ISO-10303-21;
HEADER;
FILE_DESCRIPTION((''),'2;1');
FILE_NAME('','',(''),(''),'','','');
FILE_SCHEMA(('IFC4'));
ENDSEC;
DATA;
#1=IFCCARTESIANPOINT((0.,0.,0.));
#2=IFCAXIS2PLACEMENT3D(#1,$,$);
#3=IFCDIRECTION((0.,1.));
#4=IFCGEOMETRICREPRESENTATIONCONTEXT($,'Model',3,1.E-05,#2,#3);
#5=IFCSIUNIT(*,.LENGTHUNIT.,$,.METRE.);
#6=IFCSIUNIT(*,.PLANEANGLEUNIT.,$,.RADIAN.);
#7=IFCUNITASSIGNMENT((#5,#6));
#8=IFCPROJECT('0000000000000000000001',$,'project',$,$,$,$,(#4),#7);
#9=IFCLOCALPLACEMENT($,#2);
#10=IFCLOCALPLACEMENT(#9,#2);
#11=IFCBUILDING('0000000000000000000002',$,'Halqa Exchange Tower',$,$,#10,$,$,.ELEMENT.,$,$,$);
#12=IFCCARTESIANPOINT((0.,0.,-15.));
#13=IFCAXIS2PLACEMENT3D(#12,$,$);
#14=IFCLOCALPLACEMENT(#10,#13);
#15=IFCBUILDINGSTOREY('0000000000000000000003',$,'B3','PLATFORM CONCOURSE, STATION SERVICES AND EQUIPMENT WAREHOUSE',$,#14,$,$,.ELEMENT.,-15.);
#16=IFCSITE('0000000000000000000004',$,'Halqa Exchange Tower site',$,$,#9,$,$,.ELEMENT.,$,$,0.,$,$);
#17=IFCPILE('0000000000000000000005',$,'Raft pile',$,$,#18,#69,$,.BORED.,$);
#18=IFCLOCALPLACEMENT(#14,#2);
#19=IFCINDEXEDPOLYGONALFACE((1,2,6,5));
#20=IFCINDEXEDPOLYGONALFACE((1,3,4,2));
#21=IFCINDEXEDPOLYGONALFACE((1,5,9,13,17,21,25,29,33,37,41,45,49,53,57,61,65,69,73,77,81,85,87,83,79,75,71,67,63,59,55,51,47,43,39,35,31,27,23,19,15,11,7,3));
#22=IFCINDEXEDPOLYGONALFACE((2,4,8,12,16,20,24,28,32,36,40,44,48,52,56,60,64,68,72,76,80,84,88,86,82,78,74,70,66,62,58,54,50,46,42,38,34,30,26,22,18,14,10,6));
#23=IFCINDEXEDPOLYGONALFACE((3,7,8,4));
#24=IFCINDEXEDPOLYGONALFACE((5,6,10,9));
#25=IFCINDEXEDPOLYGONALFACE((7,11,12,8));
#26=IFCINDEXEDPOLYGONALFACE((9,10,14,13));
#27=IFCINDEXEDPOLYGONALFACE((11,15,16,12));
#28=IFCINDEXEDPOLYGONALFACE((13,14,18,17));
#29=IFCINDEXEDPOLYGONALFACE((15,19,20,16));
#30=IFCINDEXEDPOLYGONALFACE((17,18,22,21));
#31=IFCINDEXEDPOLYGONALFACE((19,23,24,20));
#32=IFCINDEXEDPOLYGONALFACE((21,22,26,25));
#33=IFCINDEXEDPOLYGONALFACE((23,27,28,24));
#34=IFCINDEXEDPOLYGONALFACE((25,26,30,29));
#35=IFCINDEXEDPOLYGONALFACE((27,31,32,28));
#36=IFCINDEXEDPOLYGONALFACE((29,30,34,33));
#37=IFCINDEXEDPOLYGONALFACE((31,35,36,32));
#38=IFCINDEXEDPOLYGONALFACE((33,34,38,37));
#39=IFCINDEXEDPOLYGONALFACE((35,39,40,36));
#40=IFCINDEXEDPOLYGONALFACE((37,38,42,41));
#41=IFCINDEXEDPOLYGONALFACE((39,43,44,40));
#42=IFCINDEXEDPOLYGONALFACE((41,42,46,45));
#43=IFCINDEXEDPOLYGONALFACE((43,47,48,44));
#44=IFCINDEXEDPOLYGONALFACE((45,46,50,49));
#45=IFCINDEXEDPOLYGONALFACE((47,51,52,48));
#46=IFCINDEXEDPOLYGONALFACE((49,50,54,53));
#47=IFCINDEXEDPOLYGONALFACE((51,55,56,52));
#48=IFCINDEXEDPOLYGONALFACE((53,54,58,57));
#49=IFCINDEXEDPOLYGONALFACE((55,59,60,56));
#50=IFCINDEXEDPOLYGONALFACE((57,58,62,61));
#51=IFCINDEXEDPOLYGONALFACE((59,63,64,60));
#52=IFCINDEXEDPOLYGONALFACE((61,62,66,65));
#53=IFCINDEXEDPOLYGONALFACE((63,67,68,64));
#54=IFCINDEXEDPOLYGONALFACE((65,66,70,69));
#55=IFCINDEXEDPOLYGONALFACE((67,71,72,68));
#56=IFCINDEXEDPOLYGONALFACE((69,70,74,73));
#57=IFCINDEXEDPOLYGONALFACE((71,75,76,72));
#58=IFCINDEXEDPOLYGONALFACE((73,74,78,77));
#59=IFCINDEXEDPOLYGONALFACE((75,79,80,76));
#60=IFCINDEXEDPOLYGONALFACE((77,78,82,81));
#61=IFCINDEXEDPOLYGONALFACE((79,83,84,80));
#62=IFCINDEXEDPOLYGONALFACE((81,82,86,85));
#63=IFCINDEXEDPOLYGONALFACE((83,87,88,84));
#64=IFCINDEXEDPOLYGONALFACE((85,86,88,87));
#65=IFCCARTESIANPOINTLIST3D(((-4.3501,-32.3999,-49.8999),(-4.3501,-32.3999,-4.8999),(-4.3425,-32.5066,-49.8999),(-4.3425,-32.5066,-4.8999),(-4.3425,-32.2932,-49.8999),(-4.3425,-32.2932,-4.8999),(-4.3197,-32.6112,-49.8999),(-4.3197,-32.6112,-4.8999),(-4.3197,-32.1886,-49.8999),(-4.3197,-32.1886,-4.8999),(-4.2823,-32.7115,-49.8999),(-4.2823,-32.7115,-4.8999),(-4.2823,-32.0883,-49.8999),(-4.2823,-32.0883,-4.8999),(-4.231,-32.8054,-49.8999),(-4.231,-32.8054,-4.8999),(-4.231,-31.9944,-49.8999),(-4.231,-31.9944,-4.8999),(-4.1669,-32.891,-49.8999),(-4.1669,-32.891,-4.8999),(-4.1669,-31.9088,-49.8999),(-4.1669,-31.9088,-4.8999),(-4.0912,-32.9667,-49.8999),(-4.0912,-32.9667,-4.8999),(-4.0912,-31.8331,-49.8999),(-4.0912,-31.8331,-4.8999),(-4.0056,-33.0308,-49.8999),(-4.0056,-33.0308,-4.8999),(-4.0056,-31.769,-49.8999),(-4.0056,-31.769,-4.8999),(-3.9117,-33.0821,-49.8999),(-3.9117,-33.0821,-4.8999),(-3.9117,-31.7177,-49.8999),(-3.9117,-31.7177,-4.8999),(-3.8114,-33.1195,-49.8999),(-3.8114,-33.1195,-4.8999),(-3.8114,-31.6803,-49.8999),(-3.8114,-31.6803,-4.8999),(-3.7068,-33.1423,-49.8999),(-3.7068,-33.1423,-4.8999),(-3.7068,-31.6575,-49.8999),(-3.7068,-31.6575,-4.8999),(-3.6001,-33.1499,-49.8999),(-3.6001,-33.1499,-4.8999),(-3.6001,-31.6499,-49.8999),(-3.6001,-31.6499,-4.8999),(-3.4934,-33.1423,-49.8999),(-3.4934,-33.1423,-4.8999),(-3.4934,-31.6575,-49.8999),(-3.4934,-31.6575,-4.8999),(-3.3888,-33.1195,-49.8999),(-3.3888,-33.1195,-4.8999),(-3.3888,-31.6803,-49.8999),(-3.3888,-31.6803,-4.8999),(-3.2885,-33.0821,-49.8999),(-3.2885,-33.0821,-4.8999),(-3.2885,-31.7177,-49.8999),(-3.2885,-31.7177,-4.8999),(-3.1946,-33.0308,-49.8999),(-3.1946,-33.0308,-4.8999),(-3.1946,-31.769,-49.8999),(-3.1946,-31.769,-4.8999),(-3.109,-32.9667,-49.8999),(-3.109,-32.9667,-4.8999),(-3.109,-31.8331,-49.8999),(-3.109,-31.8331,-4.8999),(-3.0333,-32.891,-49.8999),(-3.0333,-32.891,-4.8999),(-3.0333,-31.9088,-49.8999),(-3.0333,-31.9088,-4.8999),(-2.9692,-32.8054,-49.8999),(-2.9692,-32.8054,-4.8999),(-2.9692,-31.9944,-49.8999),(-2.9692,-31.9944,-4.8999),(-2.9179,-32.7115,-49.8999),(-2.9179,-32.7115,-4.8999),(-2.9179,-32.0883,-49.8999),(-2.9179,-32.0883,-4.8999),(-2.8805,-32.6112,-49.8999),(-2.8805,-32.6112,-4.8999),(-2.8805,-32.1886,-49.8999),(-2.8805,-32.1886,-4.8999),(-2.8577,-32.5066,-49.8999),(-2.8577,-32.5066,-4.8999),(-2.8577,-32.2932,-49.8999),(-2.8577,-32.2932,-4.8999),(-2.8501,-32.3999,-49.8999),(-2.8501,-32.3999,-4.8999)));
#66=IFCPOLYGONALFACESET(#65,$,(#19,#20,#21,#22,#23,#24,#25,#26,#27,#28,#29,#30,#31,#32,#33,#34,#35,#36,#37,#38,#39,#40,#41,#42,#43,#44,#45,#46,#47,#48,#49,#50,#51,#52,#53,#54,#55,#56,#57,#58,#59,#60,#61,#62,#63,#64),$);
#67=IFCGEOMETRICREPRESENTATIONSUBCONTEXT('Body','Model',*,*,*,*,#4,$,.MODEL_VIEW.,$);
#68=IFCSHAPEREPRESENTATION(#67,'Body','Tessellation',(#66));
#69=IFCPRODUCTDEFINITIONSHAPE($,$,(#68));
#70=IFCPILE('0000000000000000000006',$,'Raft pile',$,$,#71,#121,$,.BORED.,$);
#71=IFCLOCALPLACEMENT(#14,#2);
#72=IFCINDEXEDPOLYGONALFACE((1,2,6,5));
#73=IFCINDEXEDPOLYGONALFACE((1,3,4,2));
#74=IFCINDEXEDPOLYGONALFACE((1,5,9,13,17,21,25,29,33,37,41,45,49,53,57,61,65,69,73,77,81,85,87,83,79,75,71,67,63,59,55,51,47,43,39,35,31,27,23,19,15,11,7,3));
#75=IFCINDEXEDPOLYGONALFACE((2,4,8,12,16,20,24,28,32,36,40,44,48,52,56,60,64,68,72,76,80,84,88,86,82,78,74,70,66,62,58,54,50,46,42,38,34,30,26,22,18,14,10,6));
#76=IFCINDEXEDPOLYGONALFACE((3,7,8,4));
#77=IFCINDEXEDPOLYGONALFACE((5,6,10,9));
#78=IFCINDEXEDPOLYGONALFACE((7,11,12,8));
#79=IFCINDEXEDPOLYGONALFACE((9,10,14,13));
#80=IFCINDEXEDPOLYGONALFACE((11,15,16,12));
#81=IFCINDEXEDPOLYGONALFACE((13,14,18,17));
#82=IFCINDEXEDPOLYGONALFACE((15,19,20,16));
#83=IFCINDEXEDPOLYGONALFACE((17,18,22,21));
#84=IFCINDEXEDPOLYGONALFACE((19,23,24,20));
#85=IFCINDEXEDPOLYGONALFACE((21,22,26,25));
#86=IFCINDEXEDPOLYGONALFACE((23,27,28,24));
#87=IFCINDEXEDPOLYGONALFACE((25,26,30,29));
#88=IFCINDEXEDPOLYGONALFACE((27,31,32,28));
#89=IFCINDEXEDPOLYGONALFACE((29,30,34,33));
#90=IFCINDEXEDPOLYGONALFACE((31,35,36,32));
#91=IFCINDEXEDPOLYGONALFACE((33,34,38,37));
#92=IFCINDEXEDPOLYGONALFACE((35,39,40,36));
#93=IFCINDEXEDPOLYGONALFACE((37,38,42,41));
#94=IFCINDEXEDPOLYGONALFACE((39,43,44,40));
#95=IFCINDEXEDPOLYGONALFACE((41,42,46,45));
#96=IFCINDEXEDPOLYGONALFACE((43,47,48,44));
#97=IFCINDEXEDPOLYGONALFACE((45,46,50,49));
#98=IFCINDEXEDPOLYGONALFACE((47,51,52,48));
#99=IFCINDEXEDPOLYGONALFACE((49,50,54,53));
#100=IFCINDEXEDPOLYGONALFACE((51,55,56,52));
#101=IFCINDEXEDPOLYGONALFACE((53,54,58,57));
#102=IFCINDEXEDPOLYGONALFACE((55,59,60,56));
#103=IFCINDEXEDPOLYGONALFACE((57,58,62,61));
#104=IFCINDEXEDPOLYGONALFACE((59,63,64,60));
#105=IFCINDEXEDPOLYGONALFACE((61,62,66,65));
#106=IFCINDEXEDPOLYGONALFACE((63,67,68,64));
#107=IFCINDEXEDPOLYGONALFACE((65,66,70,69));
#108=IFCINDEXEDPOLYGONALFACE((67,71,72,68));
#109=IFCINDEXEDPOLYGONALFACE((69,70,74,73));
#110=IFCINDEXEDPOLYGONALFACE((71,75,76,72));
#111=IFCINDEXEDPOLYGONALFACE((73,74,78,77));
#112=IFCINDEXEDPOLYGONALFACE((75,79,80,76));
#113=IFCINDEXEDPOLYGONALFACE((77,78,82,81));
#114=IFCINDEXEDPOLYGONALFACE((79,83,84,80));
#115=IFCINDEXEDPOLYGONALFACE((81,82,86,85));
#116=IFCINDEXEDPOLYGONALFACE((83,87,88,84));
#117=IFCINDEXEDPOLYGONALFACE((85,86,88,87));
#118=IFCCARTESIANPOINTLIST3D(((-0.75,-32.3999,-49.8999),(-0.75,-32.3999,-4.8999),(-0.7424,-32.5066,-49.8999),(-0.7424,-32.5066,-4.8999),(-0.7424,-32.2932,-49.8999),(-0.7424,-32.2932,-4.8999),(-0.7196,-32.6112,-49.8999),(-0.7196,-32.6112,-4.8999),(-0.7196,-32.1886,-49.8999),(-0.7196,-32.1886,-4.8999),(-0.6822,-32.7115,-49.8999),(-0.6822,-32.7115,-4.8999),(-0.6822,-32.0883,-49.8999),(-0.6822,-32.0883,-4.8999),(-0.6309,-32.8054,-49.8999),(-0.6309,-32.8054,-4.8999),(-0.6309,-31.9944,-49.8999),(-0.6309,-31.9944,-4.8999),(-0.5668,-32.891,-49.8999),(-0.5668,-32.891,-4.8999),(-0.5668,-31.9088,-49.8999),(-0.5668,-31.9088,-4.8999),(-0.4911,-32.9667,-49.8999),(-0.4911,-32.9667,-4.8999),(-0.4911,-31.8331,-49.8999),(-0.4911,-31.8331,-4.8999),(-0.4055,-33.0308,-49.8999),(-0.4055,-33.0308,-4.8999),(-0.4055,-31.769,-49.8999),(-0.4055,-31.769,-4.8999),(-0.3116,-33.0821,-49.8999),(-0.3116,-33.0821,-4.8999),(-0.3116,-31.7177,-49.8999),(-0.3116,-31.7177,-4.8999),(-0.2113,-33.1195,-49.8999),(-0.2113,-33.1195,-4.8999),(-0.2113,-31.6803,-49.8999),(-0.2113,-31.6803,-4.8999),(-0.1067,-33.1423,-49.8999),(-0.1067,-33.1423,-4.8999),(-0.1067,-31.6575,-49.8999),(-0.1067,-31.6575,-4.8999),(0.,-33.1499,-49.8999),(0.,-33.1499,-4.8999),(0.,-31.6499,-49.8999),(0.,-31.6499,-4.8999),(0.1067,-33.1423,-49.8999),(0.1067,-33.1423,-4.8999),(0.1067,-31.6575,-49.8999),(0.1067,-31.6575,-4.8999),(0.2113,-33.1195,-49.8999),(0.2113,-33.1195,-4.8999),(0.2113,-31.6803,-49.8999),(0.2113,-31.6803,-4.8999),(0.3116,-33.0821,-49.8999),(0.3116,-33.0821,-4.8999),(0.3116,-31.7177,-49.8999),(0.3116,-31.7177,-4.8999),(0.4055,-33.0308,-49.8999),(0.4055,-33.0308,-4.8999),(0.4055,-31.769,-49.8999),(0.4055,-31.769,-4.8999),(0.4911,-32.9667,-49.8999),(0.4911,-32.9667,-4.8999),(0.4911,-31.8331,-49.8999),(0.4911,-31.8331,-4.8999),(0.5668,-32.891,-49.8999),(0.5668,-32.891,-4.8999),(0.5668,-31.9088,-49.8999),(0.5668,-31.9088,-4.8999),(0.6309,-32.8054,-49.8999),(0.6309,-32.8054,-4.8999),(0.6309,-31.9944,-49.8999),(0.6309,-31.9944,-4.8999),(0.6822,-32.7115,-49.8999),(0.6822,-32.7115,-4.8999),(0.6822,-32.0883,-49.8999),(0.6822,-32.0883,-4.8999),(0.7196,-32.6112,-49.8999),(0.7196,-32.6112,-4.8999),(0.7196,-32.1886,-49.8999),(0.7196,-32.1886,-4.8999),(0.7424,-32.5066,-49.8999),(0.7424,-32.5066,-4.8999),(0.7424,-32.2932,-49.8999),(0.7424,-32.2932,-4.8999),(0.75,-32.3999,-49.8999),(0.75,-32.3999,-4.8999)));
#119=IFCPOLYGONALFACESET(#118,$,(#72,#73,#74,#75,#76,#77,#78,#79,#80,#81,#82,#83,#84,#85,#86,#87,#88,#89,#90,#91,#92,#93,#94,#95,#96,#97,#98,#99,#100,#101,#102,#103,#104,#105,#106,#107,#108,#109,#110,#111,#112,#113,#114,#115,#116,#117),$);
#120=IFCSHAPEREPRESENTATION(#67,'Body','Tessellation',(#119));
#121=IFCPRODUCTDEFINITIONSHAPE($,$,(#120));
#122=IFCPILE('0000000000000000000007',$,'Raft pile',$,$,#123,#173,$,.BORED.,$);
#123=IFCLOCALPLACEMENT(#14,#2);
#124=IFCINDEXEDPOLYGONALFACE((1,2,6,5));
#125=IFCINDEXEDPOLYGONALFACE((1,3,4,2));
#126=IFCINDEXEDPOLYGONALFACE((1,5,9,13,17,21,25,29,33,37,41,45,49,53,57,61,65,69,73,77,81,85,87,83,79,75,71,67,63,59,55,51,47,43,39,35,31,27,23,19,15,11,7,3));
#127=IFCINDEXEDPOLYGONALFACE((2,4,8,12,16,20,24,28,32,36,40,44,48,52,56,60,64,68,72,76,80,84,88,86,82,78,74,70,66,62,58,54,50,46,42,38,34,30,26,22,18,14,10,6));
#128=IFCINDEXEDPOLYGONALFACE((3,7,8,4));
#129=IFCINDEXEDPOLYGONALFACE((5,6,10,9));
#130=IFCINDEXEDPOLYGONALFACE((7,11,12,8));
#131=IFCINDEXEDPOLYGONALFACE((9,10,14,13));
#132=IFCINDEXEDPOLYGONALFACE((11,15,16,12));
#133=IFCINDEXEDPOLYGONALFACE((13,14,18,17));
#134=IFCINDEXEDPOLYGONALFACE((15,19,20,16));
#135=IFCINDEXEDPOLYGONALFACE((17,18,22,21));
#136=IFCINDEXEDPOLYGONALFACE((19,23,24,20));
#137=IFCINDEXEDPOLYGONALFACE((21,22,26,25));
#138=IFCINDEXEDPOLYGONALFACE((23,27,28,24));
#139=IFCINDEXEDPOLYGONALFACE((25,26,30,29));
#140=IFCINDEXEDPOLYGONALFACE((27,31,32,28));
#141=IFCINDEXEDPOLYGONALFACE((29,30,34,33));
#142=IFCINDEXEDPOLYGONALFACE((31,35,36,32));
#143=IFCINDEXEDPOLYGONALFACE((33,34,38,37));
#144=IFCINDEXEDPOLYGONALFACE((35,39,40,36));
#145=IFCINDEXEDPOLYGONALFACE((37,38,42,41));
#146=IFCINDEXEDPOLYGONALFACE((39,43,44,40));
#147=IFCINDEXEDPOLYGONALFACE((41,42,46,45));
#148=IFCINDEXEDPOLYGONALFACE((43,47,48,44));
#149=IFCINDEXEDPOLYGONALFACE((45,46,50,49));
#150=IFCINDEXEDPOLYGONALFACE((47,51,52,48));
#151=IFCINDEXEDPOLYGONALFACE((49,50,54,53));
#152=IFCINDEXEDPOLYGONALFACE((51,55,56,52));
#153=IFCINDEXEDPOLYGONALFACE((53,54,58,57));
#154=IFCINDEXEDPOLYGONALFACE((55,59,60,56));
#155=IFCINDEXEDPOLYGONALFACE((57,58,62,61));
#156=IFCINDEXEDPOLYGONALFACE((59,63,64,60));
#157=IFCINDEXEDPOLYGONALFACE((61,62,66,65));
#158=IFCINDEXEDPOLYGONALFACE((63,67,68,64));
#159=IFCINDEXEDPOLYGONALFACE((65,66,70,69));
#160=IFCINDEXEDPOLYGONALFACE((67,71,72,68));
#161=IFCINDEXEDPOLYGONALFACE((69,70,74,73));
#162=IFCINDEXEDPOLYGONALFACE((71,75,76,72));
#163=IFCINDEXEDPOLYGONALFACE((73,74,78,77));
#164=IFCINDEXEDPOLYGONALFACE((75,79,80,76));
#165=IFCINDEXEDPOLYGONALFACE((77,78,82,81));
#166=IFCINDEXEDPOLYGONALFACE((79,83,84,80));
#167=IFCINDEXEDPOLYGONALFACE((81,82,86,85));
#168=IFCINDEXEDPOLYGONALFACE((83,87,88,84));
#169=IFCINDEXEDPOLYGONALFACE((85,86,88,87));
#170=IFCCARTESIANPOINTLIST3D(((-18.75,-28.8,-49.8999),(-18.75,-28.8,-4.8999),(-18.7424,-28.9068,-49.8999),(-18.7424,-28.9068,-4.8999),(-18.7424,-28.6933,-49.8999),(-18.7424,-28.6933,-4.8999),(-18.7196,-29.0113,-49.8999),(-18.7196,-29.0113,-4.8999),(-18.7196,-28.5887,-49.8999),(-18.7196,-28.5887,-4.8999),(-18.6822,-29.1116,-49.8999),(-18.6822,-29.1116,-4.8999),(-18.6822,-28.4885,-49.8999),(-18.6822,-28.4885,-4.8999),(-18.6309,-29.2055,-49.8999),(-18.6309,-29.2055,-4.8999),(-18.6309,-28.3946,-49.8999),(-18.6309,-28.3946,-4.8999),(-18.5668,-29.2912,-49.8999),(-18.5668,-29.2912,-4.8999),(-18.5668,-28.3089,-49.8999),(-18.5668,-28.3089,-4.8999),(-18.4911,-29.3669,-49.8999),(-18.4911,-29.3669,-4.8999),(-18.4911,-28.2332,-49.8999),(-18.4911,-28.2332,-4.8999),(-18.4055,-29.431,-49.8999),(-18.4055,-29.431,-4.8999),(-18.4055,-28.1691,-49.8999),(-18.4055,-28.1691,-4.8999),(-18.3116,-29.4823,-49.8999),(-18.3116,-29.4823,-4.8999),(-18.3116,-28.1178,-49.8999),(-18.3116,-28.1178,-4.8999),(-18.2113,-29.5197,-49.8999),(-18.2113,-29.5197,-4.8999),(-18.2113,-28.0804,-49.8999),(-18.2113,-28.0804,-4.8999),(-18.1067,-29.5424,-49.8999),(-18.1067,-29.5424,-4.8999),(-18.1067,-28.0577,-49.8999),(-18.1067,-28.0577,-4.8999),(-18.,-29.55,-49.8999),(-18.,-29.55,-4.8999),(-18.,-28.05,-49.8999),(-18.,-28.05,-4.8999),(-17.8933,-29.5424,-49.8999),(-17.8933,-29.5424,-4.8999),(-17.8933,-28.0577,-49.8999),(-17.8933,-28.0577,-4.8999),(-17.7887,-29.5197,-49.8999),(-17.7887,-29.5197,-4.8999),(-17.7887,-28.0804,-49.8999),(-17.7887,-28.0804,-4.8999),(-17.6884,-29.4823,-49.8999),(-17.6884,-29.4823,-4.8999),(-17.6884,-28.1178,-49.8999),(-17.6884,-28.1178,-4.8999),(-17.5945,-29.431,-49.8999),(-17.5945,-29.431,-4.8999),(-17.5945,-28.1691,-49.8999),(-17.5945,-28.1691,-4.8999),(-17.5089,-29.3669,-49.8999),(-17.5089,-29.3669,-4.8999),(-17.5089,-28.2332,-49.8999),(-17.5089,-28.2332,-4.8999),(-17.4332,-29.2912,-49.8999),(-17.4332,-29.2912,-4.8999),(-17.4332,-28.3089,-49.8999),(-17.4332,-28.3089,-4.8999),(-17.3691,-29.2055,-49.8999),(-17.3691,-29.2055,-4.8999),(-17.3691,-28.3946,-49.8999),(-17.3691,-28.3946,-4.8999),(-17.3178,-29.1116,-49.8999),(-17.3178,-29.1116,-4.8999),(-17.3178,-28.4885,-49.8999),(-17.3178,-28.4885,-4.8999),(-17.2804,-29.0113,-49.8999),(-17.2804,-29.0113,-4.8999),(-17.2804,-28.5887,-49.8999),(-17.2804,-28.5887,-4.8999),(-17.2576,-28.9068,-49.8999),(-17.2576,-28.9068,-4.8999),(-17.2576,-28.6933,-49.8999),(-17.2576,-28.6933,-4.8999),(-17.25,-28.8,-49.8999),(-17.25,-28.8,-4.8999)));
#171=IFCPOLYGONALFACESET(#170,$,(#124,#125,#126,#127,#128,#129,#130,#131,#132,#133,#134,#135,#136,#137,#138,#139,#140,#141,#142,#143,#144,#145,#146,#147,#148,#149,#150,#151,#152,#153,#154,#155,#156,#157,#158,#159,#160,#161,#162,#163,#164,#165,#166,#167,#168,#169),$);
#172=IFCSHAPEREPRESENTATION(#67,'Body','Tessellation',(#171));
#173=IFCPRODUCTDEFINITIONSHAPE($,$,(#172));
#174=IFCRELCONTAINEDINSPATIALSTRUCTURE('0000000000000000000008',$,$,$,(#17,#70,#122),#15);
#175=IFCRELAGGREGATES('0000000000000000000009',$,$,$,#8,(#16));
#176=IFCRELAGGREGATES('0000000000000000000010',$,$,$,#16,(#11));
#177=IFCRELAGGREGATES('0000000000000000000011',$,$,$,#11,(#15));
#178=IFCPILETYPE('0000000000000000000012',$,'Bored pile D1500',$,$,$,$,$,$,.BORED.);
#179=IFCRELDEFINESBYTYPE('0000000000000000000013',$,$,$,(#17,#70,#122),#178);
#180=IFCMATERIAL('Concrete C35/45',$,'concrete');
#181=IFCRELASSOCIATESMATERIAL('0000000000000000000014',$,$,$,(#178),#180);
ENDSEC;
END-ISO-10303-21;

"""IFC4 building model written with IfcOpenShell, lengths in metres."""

from ifc_helpers import new_model, si_unit, direction, frame, origin, origin_2d, place, context, subcontext, project, spatial, circle, extrude, material, material_profile, profile_set, type_object, element, save


model = new_model("IFC4")

# Units and contexts
model_context = context("Model", 3, precision=1e-05, world=origin(), true_north=direction((0.0, 1.0)))
body_context = subcontext(model_context, "Body", "Model", "MODEL_VIEW")
ifc_project = project(units=[si_unit("LENGTHUNIT", "METRE"), si_unit("PLANEANGLEUNIT", "RADIAN")], contexts=[model_context])

# Site, building, storey
site_placement = place(None, origin())
site = spatial("IfcSite", under=ifc_project, at=site_placement, Name="Halqa Exchange Tower site", CompositionType="ELEMENT", RefElevation=0.0)
building_placement = place(site_placement, origin())
building = spatial("IfcBuilding", under=site, at=building_placement, Name="Halqa Exchange Tower", CompositionType="ELEMENT")
storey_placement = place(building_placement, frame((0.0, 0.0, -15.0)))
storey = spatial("IfcBuildingStorey", under=building, at=storey_placement, Name="B3", Description="PLATFORM CONCOURSE, STATION SERVICES AND EQUIPMENT WAREHOUSE", CompositionType="ELEMENT", Elevation=-15.0)

# Piles
ifc_material_1 = material(Name="Concrete C35/45", Category="concrete")
ifc_material_profile_1 = material_profile(ifc_material_1, circle(Radius=0.75, at=origin_2d()), Name="D1500")
ifc_profile_set_1 = profile_set([ifc_material_profile_1], Name="Concrete C35/45")
pile_type_1 = type_object("IfcPileType", Name="Bored pile D1500", PredefinedType="BORED", material=ifc_profile_set_1)
for number, where, z_axis, x_axis, name in (
    (1, (-3.6001, -32.3999, -4.8999), (0.0, 0.0, -1.0), (1.0, 0.0, 0.0), "Raft pile"),
    (2, (0.0, -32.3999, -4.8999), (0.0, 0.0, -1.0), (1.0, 0.0, 0.0), "Raft pile"),
    (3, (-18.0, -28.8, -4.8999), (0.0, 0.0, -1.0), (1.0, 0.0, 0.0), "Raft pile"),
):
    element("IfcPile", number, at=place(storey_placement, frame(where, z_axis=z_axis, x_axis=x_axis)), inside=storey, type_object=pile_type_1, Name=name, PredefinedType="BORED", context=body_context, shape_type="SweptSolid", body=[
        extrude(circle(Radius=0.75, at=origin_2d()), origin(), (0.0, 0.0, 1.0), 45.0),
    ])

save(model, "model.ifc")
